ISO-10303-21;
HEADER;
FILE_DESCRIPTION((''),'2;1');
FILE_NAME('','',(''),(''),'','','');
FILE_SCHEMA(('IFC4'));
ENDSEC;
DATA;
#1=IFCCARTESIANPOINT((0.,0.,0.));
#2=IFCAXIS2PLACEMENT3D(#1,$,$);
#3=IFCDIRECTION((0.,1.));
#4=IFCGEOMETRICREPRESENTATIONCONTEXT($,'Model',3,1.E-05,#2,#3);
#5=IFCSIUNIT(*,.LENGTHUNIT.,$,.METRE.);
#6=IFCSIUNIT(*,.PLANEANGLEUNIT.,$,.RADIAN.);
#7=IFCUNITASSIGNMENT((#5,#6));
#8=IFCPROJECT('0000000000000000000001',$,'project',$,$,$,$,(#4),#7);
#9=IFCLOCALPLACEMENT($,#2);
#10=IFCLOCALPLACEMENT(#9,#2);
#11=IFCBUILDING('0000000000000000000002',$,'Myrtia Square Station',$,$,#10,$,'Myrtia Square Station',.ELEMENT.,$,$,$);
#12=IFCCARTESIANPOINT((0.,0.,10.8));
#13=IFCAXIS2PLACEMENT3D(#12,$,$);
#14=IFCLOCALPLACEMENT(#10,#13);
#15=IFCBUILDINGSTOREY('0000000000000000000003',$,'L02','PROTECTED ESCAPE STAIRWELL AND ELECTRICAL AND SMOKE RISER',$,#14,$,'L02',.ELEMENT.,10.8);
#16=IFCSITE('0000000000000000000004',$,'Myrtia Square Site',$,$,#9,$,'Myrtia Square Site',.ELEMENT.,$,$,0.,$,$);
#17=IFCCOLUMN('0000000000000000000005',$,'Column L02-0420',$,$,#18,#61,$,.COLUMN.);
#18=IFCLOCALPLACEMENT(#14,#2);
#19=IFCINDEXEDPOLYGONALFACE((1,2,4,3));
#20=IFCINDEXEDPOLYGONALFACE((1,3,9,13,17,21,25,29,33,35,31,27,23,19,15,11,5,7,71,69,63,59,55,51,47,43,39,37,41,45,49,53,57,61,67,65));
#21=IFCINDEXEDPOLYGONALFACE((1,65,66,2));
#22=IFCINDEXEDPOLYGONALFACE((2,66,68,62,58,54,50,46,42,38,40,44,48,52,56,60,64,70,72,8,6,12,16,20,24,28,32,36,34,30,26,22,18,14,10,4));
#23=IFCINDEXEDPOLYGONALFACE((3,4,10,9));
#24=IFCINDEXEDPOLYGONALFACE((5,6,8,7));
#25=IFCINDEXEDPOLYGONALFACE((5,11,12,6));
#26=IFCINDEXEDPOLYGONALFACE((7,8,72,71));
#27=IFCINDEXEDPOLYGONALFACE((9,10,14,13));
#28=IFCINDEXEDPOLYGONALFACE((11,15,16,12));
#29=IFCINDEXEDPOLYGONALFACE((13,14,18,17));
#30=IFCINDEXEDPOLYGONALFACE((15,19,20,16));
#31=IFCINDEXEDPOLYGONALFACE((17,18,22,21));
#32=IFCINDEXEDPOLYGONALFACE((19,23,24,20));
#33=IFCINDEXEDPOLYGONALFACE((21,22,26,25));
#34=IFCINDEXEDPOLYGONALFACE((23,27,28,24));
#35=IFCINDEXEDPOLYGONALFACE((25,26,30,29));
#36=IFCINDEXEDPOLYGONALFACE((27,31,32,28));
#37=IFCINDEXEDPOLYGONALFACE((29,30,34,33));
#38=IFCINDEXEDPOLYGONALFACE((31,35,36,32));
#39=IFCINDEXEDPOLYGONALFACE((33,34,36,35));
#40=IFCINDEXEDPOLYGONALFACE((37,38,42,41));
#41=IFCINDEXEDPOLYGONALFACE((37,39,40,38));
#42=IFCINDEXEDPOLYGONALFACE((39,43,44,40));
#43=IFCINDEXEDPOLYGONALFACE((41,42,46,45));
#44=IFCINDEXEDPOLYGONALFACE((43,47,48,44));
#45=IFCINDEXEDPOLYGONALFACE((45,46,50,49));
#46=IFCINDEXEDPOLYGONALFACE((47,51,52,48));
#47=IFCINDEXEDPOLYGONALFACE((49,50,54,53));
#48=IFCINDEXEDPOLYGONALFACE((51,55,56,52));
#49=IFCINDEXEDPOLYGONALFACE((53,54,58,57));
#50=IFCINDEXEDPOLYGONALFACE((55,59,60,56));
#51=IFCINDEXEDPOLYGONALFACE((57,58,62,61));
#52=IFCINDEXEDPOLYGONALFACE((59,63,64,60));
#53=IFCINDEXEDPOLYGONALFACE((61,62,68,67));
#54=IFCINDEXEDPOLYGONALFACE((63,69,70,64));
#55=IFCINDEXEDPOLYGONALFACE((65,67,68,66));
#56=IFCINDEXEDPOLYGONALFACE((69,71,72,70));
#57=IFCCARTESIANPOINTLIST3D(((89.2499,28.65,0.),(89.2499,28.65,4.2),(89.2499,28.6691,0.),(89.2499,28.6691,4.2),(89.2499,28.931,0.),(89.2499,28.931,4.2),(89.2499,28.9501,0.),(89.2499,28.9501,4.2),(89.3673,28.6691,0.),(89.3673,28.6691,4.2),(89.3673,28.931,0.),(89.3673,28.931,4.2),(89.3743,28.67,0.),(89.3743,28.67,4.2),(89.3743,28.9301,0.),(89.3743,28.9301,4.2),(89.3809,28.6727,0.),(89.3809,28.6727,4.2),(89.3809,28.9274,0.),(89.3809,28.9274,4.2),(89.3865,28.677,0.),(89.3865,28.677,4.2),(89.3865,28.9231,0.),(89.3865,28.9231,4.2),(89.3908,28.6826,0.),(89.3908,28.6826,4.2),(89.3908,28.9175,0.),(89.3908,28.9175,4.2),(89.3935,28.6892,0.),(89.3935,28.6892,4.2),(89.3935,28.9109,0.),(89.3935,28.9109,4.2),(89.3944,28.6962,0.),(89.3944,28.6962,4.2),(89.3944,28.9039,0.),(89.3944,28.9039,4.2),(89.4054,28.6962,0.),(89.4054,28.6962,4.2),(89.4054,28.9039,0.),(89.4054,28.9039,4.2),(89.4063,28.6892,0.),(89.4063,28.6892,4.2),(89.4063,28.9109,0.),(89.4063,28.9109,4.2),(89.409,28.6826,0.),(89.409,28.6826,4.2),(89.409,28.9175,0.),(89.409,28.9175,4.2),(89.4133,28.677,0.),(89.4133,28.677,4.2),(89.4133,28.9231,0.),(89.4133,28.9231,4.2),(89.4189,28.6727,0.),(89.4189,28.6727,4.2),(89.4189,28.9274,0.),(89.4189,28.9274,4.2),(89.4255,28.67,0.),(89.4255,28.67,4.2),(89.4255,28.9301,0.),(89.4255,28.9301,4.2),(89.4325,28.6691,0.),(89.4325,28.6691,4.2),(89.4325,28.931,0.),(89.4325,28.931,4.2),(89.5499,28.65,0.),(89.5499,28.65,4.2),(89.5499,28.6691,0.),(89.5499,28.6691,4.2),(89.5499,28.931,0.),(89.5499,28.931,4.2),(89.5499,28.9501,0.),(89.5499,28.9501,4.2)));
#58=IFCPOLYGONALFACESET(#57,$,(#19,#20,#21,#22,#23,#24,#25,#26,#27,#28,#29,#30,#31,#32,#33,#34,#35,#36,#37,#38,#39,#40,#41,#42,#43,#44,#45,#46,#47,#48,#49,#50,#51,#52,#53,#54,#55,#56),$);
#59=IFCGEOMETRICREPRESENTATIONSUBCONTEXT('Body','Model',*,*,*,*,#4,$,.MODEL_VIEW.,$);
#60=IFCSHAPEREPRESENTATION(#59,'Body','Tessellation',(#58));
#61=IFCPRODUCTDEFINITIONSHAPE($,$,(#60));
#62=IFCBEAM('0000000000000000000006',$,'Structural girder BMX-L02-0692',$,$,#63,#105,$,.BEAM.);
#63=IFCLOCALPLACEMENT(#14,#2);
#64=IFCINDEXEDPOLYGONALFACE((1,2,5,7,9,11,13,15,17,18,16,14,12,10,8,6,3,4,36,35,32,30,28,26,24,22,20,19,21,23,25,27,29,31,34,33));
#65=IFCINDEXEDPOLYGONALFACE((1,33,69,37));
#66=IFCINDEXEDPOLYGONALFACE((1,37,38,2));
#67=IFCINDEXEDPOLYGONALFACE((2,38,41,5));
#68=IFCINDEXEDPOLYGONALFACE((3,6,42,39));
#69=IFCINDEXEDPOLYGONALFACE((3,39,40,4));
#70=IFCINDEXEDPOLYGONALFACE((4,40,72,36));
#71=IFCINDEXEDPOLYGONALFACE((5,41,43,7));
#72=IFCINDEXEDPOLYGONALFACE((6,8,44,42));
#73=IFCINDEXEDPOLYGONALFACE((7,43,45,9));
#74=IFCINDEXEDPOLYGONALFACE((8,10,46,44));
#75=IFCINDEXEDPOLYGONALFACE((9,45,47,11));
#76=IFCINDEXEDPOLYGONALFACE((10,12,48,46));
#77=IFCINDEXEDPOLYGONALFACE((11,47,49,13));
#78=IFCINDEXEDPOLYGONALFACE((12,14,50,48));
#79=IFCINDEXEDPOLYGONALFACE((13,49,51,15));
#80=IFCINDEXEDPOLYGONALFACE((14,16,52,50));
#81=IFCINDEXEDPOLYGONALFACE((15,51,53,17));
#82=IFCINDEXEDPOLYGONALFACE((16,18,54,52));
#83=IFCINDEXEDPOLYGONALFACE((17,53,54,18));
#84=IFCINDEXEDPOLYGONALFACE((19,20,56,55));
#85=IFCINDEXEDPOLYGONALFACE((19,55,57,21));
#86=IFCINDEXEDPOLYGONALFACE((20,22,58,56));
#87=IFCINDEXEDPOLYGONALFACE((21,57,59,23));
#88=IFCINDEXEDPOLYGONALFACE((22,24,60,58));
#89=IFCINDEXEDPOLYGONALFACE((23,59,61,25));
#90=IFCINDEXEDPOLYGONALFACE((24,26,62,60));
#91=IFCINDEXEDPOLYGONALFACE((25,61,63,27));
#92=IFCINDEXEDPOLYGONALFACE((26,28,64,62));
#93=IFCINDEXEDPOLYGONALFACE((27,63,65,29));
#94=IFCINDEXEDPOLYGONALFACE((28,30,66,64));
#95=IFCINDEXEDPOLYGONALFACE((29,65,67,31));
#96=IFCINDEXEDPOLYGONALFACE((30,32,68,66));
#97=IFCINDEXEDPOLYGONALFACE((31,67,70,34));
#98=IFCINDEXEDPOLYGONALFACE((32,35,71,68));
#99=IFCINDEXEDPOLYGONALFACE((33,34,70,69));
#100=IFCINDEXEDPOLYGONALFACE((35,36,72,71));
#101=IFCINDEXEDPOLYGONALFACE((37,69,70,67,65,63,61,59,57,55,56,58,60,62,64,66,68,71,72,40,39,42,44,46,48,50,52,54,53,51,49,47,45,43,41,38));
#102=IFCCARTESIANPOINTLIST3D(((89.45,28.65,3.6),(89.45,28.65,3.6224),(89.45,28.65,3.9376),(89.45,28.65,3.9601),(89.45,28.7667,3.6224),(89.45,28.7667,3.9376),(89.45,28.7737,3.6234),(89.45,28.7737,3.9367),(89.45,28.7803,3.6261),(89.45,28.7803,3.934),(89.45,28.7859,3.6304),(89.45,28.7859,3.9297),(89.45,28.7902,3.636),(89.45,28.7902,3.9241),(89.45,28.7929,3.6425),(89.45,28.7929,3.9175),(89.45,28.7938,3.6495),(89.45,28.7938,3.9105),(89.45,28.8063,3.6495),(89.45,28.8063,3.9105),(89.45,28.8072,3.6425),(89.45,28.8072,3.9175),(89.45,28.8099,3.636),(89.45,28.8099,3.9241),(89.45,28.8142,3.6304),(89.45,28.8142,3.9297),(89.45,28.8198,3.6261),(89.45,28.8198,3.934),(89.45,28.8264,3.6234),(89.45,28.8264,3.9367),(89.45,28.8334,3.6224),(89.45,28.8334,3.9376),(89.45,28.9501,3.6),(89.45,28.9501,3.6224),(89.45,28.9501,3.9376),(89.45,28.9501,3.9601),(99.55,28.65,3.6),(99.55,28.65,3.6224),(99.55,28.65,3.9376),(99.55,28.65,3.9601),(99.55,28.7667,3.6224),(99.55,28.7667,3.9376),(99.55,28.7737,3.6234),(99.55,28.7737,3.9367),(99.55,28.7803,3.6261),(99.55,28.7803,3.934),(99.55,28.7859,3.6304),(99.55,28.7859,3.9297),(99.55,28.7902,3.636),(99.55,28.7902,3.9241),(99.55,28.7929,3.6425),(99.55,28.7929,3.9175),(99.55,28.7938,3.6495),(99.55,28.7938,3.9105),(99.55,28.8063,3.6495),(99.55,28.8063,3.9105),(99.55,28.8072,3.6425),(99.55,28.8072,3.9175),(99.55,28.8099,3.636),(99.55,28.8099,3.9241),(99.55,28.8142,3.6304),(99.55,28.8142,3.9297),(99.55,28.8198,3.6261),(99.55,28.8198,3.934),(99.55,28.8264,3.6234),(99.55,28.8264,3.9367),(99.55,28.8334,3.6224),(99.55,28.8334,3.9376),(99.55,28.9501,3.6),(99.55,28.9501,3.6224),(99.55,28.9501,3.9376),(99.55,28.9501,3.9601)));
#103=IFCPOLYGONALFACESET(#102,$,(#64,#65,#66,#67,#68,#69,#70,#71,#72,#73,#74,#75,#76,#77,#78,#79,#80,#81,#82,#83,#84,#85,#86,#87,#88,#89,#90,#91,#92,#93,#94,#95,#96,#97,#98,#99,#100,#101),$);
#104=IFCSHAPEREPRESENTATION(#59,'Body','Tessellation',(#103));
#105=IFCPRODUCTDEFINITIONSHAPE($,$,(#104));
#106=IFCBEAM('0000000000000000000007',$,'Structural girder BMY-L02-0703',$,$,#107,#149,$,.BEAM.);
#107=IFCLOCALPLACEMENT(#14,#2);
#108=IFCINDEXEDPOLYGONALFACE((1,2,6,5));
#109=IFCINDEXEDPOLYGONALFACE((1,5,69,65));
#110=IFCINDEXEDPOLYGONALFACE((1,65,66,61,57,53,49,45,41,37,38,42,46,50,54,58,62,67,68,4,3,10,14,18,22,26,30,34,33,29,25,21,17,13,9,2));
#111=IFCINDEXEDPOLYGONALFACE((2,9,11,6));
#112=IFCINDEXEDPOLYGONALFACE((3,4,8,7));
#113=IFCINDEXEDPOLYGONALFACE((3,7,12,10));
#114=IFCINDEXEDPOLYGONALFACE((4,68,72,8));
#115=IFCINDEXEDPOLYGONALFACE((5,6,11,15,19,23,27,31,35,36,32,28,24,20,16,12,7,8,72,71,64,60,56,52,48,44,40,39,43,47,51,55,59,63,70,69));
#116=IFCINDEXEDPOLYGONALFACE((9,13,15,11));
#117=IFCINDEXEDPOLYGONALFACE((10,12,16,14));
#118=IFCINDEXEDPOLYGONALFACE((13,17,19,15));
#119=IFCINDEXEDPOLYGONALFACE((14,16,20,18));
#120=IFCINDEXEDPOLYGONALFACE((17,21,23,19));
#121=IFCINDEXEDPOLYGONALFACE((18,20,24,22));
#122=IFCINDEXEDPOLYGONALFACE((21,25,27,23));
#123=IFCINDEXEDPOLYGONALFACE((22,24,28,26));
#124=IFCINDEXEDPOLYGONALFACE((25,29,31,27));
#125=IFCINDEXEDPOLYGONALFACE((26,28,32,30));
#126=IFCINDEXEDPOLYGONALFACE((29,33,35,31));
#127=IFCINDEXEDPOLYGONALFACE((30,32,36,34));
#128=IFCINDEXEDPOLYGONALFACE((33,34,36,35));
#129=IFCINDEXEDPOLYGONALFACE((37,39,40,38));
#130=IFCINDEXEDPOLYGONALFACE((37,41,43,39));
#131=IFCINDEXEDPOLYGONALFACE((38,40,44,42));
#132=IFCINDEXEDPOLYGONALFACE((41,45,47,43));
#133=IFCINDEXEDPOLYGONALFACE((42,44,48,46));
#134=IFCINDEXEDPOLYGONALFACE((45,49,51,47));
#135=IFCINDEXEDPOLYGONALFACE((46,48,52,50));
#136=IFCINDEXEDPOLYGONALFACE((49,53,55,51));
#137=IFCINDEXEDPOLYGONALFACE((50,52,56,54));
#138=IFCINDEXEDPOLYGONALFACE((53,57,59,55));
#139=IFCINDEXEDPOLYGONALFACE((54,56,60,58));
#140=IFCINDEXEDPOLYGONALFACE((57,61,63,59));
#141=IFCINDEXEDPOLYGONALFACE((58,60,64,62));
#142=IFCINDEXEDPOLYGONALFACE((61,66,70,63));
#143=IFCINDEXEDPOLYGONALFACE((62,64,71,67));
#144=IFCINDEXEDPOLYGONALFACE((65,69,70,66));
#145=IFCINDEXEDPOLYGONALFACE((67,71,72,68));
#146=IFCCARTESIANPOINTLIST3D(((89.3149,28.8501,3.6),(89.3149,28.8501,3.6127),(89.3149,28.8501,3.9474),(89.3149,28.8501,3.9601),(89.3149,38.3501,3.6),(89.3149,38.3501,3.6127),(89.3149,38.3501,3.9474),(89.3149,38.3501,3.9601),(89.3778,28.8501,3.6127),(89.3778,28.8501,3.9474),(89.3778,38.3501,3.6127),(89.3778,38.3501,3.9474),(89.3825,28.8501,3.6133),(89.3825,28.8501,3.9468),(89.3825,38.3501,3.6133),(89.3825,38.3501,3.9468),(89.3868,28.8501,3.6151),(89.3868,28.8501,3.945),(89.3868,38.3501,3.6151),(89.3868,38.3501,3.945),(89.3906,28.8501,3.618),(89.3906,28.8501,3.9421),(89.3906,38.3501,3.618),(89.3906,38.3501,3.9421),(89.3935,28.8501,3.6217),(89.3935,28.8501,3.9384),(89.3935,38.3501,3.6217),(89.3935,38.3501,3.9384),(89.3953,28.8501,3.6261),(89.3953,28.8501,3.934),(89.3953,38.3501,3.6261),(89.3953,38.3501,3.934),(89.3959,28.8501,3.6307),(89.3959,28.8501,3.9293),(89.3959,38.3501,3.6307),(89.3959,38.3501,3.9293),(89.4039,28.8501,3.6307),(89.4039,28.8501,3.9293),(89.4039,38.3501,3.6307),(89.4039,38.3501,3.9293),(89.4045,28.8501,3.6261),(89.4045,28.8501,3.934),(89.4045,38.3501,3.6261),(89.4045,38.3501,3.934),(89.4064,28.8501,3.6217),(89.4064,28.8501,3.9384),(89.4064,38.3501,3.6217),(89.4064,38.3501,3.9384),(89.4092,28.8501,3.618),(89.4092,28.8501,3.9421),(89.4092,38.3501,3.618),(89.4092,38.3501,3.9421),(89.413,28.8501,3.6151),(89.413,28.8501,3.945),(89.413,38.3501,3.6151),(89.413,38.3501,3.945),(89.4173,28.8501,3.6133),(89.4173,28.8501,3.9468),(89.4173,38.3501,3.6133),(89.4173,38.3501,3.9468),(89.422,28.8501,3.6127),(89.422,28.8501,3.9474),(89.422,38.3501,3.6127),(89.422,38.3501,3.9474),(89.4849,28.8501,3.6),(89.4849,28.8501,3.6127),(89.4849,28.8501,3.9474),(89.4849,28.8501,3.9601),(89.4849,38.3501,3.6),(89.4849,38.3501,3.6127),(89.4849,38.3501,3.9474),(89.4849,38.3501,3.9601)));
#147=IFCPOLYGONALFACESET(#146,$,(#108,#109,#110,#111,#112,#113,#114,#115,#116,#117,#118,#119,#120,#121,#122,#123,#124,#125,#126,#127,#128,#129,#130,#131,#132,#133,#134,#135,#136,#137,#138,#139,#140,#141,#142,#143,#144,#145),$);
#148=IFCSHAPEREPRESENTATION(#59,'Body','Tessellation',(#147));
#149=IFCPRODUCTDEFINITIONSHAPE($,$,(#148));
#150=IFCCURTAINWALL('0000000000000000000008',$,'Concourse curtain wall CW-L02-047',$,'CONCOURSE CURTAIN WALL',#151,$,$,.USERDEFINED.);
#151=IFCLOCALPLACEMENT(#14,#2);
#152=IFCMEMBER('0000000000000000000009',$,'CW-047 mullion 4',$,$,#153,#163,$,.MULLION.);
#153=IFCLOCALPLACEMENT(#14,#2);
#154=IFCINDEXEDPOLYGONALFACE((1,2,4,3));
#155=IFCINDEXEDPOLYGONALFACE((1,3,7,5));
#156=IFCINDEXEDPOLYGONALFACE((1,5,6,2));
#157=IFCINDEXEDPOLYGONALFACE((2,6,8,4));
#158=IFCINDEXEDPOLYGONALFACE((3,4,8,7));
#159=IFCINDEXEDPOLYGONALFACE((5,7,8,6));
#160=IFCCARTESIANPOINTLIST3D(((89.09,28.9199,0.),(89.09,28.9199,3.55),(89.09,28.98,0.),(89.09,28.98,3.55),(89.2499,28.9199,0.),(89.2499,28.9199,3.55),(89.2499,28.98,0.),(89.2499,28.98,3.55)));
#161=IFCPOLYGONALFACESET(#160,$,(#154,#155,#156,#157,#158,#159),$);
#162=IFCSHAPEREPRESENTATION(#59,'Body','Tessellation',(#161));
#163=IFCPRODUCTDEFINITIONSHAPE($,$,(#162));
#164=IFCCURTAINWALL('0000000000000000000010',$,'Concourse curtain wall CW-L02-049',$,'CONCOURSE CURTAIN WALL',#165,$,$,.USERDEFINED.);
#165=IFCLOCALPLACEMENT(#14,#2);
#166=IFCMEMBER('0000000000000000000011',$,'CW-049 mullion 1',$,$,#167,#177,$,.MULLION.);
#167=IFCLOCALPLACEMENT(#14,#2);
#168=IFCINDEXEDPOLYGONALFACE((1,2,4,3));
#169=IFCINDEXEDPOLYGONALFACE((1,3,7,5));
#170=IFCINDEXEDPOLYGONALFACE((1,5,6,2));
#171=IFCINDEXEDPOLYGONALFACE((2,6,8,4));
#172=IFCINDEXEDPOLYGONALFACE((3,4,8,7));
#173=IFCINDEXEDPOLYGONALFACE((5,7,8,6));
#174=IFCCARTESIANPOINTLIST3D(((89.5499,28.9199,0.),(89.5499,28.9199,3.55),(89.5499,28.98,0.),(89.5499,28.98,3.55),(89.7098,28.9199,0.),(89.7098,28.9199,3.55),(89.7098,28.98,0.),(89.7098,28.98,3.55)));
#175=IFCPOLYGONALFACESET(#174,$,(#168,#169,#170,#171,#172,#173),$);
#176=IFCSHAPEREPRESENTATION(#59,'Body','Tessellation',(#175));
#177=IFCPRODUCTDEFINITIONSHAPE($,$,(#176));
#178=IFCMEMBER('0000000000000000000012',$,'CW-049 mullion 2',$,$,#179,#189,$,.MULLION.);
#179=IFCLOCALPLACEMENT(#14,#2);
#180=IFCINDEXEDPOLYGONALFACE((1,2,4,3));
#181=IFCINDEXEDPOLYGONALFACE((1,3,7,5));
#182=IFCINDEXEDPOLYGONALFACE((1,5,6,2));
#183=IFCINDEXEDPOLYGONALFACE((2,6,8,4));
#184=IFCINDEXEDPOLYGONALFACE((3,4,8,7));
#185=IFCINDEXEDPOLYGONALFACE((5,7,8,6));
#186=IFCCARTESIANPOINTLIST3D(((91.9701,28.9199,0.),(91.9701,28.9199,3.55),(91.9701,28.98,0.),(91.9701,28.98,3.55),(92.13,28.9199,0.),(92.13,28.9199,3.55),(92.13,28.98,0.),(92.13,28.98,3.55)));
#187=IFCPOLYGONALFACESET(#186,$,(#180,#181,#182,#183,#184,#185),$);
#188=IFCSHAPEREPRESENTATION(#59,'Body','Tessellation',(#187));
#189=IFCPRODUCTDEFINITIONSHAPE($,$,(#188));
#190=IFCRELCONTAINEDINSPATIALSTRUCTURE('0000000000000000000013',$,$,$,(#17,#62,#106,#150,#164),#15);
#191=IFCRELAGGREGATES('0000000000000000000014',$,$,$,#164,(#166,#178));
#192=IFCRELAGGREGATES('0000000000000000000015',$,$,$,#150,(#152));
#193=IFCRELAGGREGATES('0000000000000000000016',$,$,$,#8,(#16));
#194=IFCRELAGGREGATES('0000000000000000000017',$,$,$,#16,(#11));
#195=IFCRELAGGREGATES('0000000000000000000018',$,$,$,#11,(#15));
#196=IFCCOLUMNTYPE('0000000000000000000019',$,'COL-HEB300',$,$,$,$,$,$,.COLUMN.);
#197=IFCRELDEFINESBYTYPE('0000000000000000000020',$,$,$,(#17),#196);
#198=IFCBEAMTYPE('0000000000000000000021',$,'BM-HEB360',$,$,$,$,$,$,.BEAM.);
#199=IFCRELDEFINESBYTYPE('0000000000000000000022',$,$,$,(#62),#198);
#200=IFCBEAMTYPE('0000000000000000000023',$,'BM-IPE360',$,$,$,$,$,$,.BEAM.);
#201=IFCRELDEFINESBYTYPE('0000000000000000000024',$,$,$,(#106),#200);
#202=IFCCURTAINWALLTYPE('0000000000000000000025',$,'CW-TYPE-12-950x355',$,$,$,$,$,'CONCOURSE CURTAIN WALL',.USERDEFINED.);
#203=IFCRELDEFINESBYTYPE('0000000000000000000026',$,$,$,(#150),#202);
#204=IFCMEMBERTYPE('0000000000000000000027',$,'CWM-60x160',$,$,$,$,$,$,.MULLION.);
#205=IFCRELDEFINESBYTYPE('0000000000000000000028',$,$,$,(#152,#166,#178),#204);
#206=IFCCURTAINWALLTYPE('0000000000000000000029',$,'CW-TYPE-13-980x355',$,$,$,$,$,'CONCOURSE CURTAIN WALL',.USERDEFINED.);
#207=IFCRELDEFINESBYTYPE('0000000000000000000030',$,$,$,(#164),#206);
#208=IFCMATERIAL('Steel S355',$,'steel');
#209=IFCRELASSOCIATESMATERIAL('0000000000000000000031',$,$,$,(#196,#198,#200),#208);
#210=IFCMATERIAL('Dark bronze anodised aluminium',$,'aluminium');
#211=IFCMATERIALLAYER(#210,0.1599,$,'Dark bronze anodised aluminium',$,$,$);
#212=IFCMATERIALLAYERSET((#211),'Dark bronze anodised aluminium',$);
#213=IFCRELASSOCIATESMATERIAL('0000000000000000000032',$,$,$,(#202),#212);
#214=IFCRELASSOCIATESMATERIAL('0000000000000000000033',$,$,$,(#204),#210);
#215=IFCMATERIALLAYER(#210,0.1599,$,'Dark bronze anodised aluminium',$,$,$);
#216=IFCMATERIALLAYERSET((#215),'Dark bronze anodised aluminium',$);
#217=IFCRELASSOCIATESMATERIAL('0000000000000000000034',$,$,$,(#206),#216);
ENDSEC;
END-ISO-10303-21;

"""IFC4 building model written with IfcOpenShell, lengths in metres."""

from ifc_helpers import new_model, si_unit, direction, frame, origin, origin_2d, place, context, subcontext, project, spatial, rectangle, i_section, extrude, material, layer, layer_set, material_profile, profile_set, type_object, element, aggregate, save


model = new_model("IFC4")

# Units and contexts
model_context = context("Model", 3, precision=1e-05, world=origin(), true_north=direction((0.0, 1.0)))
body_context = subcontext(model_context, "Body", "Model", "MODEL_VIEW")
ifc_project = project(units=[si_unit("LENGTHUNIT", "METRE"), si_unit("PLANEANGLEUNIT", "RADIAN")], contexts=[model_context])

# Site, building, storey
site_placement = place(None, origin())
site = spatial("IfcSite", under=ifc_project, at=site_placement, Name="Myrtia Square Site", LongName="Myrtia Square Site", CompositionType="ELEMENT", RefElevation=0.0)
building_placement = place(site_placement, origin())
building = spatial("IfcBuilding", under=site, at=building_placement, Name="Myrtia Square Station", LongName="Myrtia Square Station", CompositionType="ELEMENT")
storey_placement = place(building_placement, frame((0.0, 0.0, 10.8)))
storey = spatial("IfcBuildingStorey", under=building, at=storey_placement, Name="L02", Description="PROTECTED ESCAPE STAIRWELL AND ELECTRICAL AND SMOKE RISER", LongName="L02", CompositionType="ELEMENT", Elevation=10.8)

# Column
ifc_material_1 = material(Name="Steel S355", Category="steel")
ifc_material_profile_1 = material_profile(ifc_material_1, i_section(OverallWidth=0.3, OverallDepth=0.3, WebThickness=0.011, FlangeThickness=0.019, FilletRadius=0.0271, at=origin_2d()), Name="HEB 300")
ifc_profile_set_1 = profile_set([ifc_material_profile_1], Name="Steel S355")
column_type = type_object("IfcColumnType", Name="COL-HEB300", PredefinedType="COLUMN", material=ifc_profile_set_1)
column_placement = place(storey_placement, frame((89.3999, 28.8, 0.0), z_axis=(0.0, 0.0, 1.0), x_axis=(1.0, 0.0, 0.0)))
element("IfcColumn", 1, at=column_placement, inside=storey, type_object=column_type, Name="Column L02-0420", PredefinedType="COLUMN", context=body_context, shape_type="SweptSolid", body=[
    extrude(i_section(OverallWidth=0.3, OverallDepth=0.3, WebThickness=0.011, FlangeThickness=0.019, FilletRadius=0.0271, at=origin_2d()), origin(), (0.0, 0.0, 1.0), 4.2),
])

# Beams
ifc_material_profile_2 = material_profile(ifc_material_1, i_section(OverallWidth=0.3, OverallDepth=0.3601, WebThickness=0.0125, FlangeThickness=0.0225, FilletRadius=0.0271, at=origin_2d()), Name="HEB 360")
ifc_profile_set_2 = profile_set([ifc_material_profile_2], Name="Steel S355")
beam_type_1 = type_object("IfcBeamType", Name="BM-HEB360", PredefinedType="BEAM", material=ifc_profile_set_2)
beam_1_placement = place(storey_placement, frame((89.45, 28.8, 3.78), z_axis=(1.0, 0.0, 0.0), x_axis=(0.0, 1.0, 0.0)))
element("IfcBeam", 2, at=beam_1_placement, inside=storey, type_object=beam_type_1, Name="Structural girder BMX-L02-0692", PredefinedType="BEAM", context=body_context, shape_type="SweptSolid", body=[
    extrude(i_section(OverallWidth=0.3, OverallDepth=0.3601, WebThickness=0.0125, FlangeThickness=0.0225, FilletRadius=0.0271, at=origin_2d()), origin(), (0.0, 0.0, 1.0), 10.1001),
])
ifc_material_profile_3 = material_profile(ifc_material_1, i_section(OverallWidth=0.1699, OverallDepth=0.3601, WebThickness=0.0081, FlangeThickness=0.0127, FilletRadius=0.0181, at=origin_2d()), Name="IPE 360")
ifc_profile_set_3 = profile_set([ifc_material_profile_3], Name="Steel S355")
beam_type_2 = type_object("IfcBeamType", Name="BM-IPE360", PredefinedType="BEAM", material=ifc_profile_set_3)
beam_2_placement = place(storey_placement, frame((89.3999, 28.8501, 3.78), z_axis=(0.0, 1.0, 0.0), x_axis=(-1.0, 0.0, 0.0)))
element("IfcBeam", 3, at=beam_2_placement, inside=storey, type_object=beam_type_2, Name="Structural girder BMY-L02-0703", PredefinedType="BEAM", context=body_context, shape_type="SweptSolid", body=[
    extrude(i_section(OverallWidth=0.1699, OverallDepth=0.3601, WebThickness=0.0081, FlangeThickness=0.0127, FilletRadius=0.0181, at=origin_2d()), origin(), (0.0, 0.0, 1.0), 9.5),
])

# Curtain wall, member
ifc_material_2 = material(Name="Dark bronze anodised aluminium", Category="aluminium")
ifc_layer_1 = layer(ifc_material_2, 0.1599, Name="Dark bronze anodised aluminium")
ifc_layer_set_1 = layer_set([ifc_layer_1], Name="Dark bronze anodised aluminium")
curtain_wall_type_1 = type_object("IfcCurtainWallType", Name="CW-TYPE-12-950x355", ElementType="CONCOURSE CURTAIN WALL", PredefinedType="USERDEFINED", material=ifc_layer_set_1)
curtain_wall_1_placement = place(storey_placement, origin())
curtain_wall_1 = element("IfcCurtainWall", 4, at=curtain_wall_1_placement, inside=storey, type_object=curtain_wall_type_1, Name="Concourse curtain wall CW-L02-047", ObjectType="CONCOURSE CURTAIN WALL", PredefinedType="USERDEFINED")
ifc_material_profile_4 = material_profile(ifc_material_2, rectangle(XDim=0.0601, YDim=0.1599, at=origin_2d()), Name="ALU-M 60x160")
ifc_profile_set_4 = profile_set([ifc_material_profile_4], Name="Dark bronze anodised aluminium")
member_type_1 = type_object("IfcMemberType", Name="CWM-60x160", PredefinedType="MULLION", material=ifc_profile_set_4)
member_1_placement = place(storey_placement, frame((89.1699, 28.95, 0.0), z_axis=(0.0, 0.0, 1.0), x_axis=(0.0, 1.0, 0.0)))
member_1 = element("IfcMember", 5, at=member_1_placement, type_object=member_type_1, Name="CW-047 mullion 4", PredefinedType="MULLION", context=body_context, shape_type="SweptSolid", body=[
    extrude(rectangle(XDim=0.0601, YDim=0.1599, at=origin_2d()), origin(), (0.0, 0.0, 1.0), 3.55),
])

# Curtain wall, members
ifc_layer_2 = layer(ifc_material_2, 0.1599, Name="Dark bronze anodised aluminium")
ifc_layer_set_2 = layer_set([ifc_layer_2], Name="Dark bronze anodised aluminium")
curtain_wall_type_2 = type_object("IfcCurtainWallType", Name="CW-TYPE-13-980x355", ElementType="CONCOURSE CURTAIN WALL", PredefinedType="USERDEFINED", material=ifc_layer_set_2)
curtain_wall_2_placement = place(storey_placement, origin())
curtain_wall_2 = element("IfcCurtainWall", 6, at=curtain_wall_2_placement, inside=storey, type_object=curtain_wall_type_2, Name="Concourse curtain wall CW-L02-049", ObjectType="CONCOURSE CURTAIN WALL", PredefinedType="USERDEFINED")
member_2_placement = place(storey_placement, frame((89.6299, 28.95, 0.0), z_axis=(0.0, 0.0, 1.0), x_axis=(0.0, 1.0, 0.0)))
member_2 = element("IfcMember", 7, at=member_2_placement, type_object=member_type_1, Name="CW-049 mullion 1", PredefinedType="MULLION", context=body_context, shape_type="SweptSolid", body=[
    extrude(rectangle(XDim=0.0601, YDim=0.1599, at=origin_2d()), origin(), (0.0, 0.0, 1.0), 3.55),
])
member_3_placement = place(storey_placement, frame((92.05, 28.95, 0.0), z_axis=(0.0, 0.0, 1.0), x_axis=(0.0, 1.0, 0.0)))
member_3 = element("IfcMember", 8, at=member_3_placement, type_object=member_type_1, Name="CW-049 mullion 2", PredefinedType="MULLION", context=body_context, shape_type="SweptSolid", body=[
    extrude(rectangle(XDim=0.0601, YDim=0.1599, at=origin_2d()), origin(), (0.0, 0.0, 1.0), 3.55),
])

aggregate(curtain_wall_2, [member_2, member_3])
aggregate(curtain_wall_1, [member_1])

save(model, "model.ifc")
